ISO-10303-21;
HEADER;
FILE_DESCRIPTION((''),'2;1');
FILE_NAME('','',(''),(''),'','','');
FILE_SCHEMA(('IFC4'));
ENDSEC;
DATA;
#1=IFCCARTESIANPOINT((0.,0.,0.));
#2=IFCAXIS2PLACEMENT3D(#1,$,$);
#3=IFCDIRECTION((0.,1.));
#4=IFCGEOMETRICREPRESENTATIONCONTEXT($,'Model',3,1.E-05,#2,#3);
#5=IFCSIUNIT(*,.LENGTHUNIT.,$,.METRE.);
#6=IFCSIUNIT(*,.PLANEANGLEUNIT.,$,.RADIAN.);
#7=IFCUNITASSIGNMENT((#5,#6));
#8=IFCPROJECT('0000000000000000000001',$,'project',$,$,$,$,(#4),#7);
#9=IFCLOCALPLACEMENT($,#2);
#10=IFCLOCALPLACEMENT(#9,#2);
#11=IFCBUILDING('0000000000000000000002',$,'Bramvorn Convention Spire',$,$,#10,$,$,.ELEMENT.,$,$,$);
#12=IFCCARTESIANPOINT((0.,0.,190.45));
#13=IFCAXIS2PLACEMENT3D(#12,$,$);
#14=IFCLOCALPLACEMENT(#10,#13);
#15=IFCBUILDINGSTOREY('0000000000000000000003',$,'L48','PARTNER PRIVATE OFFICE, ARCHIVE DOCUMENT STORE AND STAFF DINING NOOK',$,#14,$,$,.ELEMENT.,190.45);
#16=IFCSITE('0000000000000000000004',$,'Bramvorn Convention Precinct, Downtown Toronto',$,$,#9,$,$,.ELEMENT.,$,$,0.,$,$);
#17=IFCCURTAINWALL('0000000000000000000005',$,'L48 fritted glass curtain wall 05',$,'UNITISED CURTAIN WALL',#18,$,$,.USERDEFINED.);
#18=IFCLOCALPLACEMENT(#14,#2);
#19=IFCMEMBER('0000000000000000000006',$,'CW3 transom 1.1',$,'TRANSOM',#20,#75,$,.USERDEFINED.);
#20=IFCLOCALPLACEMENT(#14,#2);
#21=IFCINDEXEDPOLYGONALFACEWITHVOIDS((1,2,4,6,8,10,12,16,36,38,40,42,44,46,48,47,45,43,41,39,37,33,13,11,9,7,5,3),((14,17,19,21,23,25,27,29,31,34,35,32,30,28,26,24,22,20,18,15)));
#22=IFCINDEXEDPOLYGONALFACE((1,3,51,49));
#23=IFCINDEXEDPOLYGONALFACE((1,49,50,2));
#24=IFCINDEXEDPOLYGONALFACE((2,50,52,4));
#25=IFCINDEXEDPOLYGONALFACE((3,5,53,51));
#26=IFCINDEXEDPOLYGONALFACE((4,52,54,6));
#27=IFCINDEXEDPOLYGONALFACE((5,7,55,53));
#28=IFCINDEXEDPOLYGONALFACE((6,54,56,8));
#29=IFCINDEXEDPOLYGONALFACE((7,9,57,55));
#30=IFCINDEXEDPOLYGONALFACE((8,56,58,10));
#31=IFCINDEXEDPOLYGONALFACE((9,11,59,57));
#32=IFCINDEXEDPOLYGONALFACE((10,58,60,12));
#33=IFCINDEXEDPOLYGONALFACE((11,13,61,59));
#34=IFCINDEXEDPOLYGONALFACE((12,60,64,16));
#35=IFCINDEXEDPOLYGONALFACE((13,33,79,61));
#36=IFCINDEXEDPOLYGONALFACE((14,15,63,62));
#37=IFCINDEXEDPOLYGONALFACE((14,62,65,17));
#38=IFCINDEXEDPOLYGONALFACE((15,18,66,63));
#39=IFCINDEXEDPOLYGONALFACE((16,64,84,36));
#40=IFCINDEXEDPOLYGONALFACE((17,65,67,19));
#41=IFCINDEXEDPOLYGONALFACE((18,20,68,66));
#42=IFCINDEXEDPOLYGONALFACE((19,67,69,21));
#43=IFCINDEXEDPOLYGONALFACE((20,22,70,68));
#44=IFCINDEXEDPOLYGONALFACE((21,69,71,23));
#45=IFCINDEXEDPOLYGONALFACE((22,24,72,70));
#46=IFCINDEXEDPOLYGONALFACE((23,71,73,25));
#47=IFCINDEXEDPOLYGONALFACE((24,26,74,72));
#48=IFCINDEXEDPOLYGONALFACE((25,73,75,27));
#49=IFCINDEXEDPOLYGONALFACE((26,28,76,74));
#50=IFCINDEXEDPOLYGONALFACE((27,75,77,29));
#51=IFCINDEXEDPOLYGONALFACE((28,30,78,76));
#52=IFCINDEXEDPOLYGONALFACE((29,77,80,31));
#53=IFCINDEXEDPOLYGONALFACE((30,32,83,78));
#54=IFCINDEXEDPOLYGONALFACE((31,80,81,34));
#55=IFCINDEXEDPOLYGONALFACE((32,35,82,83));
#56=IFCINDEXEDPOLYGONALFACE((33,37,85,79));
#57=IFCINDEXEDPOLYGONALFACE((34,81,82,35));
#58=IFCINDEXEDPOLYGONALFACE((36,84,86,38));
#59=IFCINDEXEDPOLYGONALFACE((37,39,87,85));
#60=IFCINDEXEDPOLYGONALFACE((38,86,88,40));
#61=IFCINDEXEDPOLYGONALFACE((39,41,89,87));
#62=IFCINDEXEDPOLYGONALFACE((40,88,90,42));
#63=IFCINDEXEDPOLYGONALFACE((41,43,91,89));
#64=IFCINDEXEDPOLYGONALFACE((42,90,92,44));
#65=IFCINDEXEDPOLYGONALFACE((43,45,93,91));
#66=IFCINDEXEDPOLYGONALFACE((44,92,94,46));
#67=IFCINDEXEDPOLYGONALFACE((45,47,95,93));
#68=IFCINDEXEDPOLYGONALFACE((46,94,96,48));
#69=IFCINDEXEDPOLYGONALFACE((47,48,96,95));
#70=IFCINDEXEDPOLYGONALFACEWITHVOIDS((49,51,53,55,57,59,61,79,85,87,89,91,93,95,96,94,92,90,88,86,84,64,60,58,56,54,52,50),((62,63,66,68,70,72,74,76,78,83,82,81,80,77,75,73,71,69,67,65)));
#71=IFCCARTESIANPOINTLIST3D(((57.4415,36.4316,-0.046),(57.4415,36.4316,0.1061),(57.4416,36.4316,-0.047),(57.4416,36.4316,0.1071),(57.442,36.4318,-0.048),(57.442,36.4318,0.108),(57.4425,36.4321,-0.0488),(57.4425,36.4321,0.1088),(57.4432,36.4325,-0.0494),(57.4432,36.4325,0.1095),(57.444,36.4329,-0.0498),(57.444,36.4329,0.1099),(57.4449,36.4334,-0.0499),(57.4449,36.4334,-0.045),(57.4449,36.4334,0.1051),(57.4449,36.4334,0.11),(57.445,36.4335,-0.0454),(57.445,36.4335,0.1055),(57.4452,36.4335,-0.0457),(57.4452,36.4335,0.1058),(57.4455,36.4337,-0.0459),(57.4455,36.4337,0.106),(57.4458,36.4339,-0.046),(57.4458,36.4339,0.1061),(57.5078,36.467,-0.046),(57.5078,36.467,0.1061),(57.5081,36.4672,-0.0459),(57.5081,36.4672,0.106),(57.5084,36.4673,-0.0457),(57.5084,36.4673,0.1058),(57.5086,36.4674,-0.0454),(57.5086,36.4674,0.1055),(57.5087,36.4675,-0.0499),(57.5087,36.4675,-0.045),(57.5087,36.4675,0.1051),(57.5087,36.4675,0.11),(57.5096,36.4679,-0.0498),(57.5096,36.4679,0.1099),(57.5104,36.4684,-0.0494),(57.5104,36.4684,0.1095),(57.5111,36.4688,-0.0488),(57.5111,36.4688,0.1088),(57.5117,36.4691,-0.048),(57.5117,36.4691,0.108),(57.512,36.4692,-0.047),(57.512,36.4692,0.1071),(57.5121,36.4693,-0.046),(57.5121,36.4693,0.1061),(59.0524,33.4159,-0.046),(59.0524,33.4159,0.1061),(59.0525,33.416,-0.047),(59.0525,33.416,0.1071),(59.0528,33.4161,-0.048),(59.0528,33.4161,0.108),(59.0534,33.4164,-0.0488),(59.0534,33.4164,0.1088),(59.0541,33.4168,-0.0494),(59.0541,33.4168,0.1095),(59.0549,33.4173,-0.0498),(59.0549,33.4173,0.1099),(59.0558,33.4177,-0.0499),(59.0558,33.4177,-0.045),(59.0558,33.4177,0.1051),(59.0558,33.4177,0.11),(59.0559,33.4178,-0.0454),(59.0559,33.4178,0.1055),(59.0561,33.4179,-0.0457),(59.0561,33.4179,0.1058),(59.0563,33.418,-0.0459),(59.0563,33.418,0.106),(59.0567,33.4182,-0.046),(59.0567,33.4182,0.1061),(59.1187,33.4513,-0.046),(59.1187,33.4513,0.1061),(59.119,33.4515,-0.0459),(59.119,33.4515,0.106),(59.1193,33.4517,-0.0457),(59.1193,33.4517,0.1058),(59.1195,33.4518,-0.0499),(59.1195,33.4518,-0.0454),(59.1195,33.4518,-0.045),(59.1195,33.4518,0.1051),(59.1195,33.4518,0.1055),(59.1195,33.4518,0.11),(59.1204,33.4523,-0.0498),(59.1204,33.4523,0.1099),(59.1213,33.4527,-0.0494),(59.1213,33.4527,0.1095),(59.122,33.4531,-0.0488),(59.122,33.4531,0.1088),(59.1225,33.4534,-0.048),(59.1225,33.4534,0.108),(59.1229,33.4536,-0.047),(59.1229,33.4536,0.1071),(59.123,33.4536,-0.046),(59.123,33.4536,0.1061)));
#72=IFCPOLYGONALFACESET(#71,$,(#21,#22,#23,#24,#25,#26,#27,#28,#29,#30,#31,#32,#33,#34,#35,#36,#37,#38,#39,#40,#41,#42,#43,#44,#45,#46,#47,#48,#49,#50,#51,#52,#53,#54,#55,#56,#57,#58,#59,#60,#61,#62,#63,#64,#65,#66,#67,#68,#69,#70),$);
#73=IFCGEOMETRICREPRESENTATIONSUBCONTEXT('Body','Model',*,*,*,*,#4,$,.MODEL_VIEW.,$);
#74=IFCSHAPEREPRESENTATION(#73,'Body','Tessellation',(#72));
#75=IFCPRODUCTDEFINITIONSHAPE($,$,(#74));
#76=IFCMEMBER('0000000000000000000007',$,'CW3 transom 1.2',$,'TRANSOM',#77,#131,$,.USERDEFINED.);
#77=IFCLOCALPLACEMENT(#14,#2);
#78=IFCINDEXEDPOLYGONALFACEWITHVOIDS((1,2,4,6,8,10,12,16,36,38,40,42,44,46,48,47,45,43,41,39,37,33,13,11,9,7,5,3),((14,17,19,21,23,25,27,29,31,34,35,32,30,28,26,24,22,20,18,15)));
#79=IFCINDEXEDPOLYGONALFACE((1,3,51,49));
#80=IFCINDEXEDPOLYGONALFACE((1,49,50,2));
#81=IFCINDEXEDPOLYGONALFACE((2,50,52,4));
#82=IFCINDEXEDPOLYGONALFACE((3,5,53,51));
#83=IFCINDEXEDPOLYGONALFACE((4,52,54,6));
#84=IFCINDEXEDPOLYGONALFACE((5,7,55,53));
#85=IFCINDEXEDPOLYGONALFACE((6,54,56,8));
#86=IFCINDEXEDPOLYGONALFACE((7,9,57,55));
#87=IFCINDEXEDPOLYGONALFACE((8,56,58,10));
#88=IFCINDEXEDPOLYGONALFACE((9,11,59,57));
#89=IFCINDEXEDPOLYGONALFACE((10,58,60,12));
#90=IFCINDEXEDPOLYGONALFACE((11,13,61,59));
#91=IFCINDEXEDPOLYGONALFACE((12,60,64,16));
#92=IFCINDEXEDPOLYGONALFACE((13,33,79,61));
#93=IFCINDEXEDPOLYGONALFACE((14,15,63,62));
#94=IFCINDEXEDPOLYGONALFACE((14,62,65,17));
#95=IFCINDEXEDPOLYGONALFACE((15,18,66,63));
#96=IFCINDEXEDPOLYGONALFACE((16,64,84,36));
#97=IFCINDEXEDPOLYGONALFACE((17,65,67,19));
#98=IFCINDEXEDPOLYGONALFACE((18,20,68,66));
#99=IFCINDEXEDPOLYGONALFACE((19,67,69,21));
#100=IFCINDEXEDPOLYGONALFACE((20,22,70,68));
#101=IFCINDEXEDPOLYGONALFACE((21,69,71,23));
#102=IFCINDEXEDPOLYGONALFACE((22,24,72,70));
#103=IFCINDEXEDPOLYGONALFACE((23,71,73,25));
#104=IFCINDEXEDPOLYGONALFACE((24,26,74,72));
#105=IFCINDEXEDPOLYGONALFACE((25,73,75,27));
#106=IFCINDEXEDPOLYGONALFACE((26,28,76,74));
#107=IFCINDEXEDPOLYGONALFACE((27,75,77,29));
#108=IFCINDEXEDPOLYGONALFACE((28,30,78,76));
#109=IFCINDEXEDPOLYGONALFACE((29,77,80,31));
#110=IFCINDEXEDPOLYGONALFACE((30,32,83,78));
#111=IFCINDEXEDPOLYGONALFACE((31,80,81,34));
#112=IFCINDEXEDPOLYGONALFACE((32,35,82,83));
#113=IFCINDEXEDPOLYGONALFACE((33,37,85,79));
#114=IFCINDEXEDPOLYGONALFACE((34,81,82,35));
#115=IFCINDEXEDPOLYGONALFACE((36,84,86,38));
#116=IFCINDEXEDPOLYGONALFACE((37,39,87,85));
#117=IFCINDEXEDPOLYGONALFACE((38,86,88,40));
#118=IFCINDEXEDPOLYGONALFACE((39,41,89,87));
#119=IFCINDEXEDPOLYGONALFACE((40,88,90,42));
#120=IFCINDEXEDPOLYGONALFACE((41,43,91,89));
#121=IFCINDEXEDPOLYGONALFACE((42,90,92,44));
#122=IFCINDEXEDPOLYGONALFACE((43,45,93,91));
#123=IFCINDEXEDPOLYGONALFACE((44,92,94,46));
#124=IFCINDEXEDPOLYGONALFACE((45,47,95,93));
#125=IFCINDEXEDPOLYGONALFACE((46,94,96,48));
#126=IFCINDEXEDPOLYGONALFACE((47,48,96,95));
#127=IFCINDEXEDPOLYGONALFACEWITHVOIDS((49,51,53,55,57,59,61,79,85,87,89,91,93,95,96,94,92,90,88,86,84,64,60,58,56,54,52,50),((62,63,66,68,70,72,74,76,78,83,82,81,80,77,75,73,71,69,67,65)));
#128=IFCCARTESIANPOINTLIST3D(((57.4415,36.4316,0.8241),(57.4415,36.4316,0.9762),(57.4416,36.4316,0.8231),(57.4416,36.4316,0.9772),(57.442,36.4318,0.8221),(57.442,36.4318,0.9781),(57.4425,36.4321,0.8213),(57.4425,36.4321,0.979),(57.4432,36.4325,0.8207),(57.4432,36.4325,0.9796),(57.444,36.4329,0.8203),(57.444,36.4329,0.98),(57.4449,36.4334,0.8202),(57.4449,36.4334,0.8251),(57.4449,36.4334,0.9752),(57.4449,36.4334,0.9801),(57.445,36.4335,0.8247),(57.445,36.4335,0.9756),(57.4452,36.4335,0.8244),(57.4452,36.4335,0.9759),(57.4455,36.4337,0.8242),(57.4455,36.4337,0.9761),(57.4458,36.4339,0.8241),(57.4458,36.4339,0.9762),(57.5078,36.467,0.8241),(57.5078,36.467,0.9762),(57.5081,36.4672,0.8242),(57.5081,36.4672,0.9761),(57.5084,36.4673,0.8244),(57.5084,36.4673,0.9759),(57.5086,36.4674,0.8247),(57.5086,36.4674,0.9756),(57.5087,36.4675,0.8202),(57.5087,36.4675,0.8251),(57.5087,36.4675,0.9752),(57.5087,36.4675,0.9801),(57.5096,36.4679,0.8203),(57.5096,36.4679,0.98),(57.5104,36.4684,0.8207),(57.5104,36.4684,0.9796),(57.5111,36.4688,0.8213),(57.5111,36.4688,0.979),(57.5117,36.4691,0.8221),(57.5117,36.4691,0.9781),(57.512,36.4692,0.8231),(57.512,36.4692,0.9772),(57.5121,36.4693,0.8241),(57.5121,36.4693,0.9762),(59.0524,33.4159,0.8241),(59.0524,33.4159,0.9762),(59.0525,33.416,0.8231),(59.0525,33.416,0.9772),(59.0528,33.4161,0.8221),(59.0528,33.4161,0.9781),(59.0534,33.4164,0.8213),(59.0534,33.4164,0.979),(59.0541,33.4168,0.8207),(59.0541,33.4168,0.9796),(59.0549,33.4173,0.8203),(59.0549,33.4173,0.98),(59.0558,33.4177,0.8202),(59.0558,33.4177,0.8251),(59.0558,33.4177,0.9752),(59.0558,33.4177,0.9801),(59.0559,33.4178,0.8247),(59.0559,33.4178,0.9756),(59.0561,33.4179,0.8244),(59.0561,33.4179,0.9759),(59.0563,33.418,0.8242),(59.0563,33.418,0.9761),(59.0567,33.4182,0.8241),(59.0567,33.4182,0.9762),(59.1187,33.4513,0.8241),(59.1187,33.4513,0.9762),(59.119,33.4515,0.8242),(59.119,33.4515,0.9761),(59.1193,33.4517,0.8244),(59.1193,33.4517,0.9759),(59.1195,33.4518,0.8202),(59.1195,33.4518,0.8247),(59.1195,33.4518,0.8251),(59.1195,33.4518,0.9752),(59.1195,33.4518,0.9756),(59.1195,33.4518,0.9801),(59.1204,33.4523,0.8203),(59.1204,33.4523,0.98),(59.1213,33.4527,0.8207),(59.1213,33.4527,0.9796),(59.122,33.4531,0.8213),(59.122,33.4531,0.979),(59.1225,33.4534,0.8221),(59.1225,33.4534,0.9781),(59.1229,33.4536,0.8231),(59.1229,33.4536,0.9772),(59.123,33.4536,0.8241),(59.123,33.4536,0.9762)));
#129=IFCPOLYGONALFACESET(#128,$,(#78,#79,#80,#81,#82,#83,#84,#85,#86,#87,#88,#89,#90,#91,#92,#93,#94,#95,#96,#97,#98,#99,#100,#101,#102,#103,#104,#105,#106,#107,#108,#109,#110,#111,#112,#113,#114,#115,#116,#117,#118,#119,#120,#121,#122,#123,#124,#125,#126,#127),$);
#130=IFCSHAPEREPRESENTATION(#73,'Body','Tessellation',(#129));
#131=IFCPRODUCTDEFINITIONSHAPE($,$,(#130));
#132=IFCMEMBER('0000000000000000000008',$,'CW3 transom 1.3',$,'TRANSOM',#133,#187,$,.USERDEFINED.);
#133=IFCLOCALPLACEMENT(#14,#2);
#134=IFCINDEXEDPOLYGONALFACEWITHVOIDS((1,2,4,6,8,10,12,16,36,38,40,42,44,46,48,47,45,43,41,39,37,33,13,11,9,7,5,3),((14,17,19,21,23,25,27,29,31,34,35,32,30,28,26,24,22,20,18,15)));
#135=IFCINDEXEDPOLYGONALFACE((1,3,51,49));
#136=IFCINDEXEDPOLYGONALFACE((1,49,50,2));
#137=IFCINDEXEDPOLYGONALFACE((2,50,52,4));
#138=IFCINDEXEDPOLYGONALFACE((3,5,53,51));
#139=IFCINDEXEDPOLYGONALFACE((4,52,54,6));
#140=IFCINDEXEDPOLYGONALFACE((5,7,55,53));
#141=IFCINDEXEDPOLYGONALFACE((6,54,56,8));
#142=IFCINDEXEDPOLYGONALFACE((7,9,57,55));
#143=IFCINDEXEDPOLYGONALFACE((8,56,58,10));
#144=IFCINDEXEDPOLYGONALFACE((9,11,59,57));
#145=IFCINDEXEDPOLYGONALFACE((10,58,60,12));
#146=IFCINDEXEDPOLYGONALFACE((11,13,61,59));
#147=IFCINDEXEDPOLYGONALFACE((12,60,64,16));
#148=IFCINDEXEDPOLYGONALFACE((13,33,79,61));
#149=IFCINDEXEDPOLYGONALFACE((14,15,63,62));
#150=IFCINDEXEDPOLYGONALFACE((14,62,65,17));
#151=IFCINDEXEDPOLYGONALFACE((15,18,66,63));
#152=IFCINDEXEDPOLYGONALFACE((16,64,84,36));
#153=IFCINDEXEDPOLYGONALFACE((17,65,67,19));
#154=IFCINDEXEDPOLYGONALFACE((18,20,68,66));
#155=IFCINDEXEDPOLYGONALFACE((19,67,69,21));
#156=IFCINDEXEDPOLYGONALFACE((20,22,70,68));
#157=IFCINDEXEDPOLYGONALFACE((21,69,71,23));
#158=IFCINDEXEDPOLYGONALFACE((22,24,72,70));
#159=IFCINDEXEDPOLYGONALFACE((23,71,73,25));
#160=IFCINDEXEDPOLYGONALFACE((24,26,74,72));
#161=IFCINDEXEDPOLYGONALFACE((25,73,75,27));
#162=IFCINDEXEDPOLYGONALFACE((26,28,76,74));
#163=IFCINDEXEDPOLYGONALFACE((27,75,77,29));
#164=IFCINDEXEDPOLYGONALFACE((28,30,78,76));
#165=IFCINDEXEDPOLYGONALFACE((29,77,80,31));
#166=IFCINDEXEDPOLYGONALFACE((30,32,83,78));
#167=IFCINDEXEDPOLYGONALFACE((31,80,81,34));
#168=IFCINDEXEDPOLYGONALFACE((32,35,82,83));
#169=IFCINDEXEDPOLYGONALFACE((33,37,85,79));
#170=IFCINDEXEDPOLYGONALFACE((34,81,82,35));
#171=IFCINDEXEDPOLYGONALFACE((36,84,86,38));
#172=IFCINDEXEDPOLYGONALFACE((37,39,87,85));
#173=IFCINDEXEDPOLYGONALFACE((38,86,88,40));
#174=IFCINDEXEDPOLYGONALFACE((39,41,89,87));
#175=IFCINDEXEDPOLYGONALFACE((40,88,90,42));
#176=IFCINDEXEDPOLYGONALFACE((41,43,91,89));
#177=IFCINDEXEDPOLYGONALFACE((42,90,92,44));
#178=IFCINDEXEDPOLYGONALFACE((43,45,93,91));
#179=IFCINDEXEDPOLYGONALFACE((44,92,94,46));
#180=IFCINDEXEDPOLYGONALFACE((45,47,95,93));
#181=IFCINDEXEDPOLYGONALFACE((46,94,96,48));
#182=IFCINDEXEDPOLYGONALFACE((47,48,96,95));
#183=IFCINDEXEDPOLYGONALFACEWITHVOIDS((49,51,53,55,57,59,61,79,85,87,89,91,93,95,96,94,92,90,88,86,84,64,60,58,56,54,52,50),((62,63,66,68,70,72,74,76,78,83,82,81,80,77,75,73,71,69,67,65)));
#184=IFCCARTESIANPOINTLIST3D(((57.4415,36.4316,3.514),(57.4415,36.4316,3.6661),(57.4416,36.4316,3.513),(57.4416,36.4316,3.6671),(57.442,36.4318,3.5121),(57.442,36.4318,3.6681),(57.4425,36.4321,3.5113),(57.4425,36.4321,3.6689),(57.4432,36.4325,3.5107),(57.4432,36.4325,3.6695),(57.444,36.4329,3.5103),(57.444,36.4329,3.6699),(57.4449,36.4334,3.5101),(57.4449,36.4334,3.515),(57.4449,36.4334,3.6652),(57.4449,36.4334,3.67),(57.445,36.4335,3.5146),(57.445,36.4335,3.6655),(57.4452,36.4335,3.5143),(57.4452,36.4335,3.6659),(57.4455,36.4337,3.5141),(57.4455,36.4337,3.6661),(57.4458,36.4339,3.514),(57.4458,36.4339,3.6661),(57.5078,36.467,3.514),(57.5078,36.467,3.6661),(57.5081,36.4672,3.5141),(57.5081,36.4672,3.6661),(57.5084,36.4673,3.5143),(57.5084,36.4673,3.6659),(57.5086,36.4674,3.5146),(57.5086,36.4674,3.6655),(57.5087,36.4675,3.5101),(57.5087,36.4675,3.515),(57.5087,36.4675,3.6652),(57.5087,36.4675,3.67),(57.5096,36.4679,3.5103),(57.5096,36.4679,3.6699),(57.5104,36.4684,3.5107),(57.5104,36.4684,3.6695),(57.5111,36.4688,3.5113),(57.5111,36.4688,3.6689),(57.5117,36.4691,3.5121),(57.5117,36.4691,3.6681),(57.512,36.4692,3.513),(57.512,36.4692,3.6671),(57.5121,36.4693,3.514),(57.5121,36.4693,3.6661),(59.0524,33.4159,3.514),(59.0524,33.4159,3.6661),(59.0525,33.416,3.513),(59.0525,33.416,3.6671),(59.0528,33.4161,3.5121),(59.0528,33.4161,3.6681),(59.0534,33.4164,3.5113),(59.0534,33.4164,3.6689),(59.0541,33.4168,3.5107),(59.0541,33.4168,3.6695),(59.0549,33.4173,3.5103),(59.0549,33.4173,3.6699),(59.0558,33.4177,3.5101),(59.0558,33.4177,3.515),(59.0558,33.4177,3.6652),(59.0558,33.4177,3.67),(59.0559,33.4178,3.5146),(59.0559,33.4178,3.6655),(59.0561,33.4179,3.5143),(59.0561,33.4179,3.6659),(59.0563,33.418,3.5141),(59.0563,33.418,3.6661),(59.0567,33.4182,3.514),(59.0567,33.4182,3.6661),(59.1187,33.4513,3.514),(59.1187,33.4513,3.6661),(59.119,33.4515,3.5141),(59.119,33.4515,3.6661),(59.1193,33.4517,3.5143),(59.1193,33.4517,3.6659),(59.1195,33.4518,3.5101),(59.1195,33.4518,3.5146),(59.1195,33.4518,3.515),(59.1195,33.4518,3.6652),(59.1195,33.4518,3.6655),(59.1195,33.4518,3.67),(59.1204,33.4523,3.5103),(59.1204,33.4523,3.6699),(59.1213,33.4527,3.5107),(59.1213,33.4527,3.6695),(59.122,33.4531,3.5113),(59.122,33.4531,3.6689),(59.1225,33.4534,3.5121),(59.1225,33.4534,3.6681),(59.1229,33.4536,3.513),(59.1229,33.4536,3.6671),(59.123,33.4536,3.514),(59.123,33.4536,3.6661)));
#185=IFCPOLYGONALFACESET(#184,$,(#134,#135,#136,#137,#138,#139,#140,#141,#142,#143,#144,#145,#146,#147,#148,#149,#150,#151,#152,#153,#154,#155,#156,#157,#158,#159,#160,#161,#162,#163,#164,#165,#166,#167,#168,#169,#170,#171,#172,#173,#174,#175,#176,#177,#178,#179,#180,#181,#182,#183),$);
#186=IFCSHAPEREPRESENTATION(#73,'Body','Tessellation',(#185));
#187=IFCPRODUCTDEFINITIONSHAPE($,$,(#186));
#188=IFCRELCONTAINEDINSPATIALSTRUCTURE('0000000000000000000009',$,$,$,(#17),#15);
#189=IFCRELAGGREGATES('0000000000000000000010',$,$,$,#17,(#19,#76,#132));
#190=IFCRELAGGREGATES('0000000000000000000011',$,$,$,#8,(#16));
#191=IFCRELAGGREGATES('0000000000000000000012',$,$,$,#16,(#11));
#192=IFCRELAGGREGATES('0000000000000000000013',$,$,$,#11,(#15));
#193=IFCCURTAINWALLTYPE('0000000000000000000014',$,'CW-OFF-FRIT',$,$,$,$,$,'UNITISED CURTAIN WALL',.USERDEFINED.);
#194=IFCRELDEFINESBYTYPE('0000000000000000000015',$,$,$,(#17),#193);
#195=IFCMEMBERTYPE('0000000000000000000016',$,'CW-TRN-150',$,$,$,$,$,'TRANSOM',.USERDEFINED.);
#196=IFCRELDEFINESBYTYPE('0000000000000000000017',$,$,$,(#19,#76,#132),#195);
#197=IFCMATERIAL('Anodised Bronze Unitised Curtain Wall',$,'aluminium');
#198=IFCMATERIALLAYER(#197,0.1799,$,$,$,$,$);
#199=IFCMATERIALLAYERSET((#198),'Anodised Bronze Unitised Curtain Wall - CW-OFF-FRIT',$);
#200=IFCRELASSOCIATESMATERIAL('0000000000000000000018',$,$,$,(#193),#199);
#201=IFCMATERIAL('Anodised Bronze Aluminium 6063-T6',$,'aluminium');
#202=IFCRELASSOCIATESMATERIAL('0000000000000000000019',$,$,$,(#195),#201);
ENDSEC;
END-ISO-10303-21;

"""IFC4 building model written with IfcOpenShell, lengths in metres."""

from ifc_helpers import new_model, si_unit, direction, frame, origin, origin_2d, place, context, subcontext, project, spatial, hollow_rectangle, extrude, material, layer, layer_set, material_profile, profile_set, type_object, element, aggregate, save


model = new_model("IFC4")

# Units and contexts
model_context = context("Model", 3, precision=1e-05, world=origin(), true_north=direction((0.0, 1.0)))
body_context = subcontext(model_context, "Body", "Model", "MODEL_VIEW")
ifc_project = project(units=[si_unit("LENGTHUNIT", "METRE"), si_unit("PLANEANGLEUNIT", "RADIAN")], contexts=[model_context])

# Site, building, storey
site_placement = place(None, origin())
site = spatial("IfcSite", under=ifc_project, at=site_placement, Name="Bramvorn Convention Precinct, Downtown Toronto", CompositionType="ELEMENT", RefElevation=0.0)
building_placement = place(site_placement, origin())
building = spatial("IfcBuilding", under=site, at=building_placement, Name="Bramvorn Convention Spire", CompositionType="ELEMENT")
storey_placement = place(building_placement, frame((0.0, 0.0, 190.45)))
storey = spatial("IfcBuildingStorey", under=building, at=storey_placement, Name="L48", Description="PARTNER PRIVATE OFFICE, ARCHIVE DOCUMENT STORE AND STAFF DINING NOOK", CompositionType="ELEMENT", Elevation=190.45)

# Curtain wall
ifc_material_1 = material(Name="Anodised Bronze Unitised Curtain Wall", Category="aluminium")
ifc_layer_1 = layer(ifc_material_1, 0.1799)
ifc_layer_set_1 = layer_set([ifc_layer_1], Name="Anodised Bronze Unitised Curtain Wall - CW-OFF-FRIT")
curtain_wall_type = type_object("IfcCurtainWallType", Name="CW-OFF-FRIT", ElementType="UNITISED CURTAIN WALL", PredefinedType="USERDEFINED", material=ifc_layer_set_1)
ifc_material_2 = material(Name="Anodised Bronze Aluminium 6063-T6", Category="aluminium")
curtain_wall_1_placement = place(storey_placement, origin())
curtain_wall_1 = element("IfcCurtainWall", 1, at=curtain_wall_1_placement, inside=storey, type_object=curtain_wall_type, Name="L48 fritted glass curtain wall 05", ObjectType="UNITISED CURTAIN WALL", PredefinedType="USERDEFINED")

# Members
ifc_material_profile_1 = material_profile(ifc_material_2, hollow_rectangle(XDim=0.0801, YDim=0.1599, WallThickness=0.0039, InnerFilletRadius=0.001, OuterFilletRadius=0.0039, at=origin_2d()))
ifc_profile_set_1 = profile_set([ifc_material_profile_1], Name="Anodised Bronze Aluminium 6063-T6 - CWT80X160")
member_type_1 = type_object("IfcMemberType", Name="CW-TRN-150", ElementType="TRANSOM", PredefinedType="USERDEFINED", material=ifc_profile_set_1)
member_1_placement = place(storey_placement, frame((57.4768, 36.4504, 0.03), z_axis=(0.471159, -0.882048, 0.0), x_axis=(0.882048, 0.471159, 0.0)))
member_1 = element("IfcMember", 2, at=member_1_placement, type_object=member_type_1, Name="CW3 transom 1.1", ObjectType="TRANSOM", PredefinedType="USERDEFINED", context=body_context, shape_type="SweptSolid", body=[
    extrude(hollow_rectangle(XDim=0.0801, YDim=0.1599, WallThickness=0.0039, InnerFilletRadius=0.001, OuterFilletRadius=0.0039, at=origin_2d()), origin(), (0.0, 0.0, 1.0), 3.4189),
])
member_2_placement = place(storey_placement, frame((57.4768, 36.4504, 0.9001), z_axis=(0.471159, -0.882048, 0.0), x_axis=(0.882048, 0.471159, 0.0)))
member_2 = element("IfcMember", 3, at=member_2_placement, type_object=member_type_1, Name="CW3 transom 1.2", ObjectType="TRANSOM", PredefinedType="USERDEFINED", context=body_context, shape_type="SweptSolid", body=[
    extrude(hollow_rectangle(XDim=0.0801, YDim=0.1599, WallThickness=0.0039, InnerFilletRadius=0.001, OuterFilletRadius=0.0039, at=origin_2d()), origin(), (0.0, 0.0, 1.0), 3.4189),
])
member_3_placement = place(storey_placement, frame((57.4768, 36.4504, 3.5901), z_axis=(0.471159, -0.882048, 0.0), x_axis=(0.882048, 0.471159, 0.0)))
member_3 = element("IfcMember", 4, at=member_3_placement, type_object=member_type_1, Name="CW3 transom 1.3", ObjectType="TRANSOM", PredefinedType="USERDEFINED", context=body_context, shape_type="SweptSolid", body=[
    extrude(hollow_rectangle(XDim=0.0801, YDim=0.1599, WallThickness=0.0039, InnerFilletRadius=0.001, OuterFilletRadius=0.0039, at=origin_2d()), origin(), (0.0, 0.0, 1.0), 3.4189),
])

aggregate(curtain_wall_1, [member_1, member_2, member_3])

save(model, "model.ifc")
